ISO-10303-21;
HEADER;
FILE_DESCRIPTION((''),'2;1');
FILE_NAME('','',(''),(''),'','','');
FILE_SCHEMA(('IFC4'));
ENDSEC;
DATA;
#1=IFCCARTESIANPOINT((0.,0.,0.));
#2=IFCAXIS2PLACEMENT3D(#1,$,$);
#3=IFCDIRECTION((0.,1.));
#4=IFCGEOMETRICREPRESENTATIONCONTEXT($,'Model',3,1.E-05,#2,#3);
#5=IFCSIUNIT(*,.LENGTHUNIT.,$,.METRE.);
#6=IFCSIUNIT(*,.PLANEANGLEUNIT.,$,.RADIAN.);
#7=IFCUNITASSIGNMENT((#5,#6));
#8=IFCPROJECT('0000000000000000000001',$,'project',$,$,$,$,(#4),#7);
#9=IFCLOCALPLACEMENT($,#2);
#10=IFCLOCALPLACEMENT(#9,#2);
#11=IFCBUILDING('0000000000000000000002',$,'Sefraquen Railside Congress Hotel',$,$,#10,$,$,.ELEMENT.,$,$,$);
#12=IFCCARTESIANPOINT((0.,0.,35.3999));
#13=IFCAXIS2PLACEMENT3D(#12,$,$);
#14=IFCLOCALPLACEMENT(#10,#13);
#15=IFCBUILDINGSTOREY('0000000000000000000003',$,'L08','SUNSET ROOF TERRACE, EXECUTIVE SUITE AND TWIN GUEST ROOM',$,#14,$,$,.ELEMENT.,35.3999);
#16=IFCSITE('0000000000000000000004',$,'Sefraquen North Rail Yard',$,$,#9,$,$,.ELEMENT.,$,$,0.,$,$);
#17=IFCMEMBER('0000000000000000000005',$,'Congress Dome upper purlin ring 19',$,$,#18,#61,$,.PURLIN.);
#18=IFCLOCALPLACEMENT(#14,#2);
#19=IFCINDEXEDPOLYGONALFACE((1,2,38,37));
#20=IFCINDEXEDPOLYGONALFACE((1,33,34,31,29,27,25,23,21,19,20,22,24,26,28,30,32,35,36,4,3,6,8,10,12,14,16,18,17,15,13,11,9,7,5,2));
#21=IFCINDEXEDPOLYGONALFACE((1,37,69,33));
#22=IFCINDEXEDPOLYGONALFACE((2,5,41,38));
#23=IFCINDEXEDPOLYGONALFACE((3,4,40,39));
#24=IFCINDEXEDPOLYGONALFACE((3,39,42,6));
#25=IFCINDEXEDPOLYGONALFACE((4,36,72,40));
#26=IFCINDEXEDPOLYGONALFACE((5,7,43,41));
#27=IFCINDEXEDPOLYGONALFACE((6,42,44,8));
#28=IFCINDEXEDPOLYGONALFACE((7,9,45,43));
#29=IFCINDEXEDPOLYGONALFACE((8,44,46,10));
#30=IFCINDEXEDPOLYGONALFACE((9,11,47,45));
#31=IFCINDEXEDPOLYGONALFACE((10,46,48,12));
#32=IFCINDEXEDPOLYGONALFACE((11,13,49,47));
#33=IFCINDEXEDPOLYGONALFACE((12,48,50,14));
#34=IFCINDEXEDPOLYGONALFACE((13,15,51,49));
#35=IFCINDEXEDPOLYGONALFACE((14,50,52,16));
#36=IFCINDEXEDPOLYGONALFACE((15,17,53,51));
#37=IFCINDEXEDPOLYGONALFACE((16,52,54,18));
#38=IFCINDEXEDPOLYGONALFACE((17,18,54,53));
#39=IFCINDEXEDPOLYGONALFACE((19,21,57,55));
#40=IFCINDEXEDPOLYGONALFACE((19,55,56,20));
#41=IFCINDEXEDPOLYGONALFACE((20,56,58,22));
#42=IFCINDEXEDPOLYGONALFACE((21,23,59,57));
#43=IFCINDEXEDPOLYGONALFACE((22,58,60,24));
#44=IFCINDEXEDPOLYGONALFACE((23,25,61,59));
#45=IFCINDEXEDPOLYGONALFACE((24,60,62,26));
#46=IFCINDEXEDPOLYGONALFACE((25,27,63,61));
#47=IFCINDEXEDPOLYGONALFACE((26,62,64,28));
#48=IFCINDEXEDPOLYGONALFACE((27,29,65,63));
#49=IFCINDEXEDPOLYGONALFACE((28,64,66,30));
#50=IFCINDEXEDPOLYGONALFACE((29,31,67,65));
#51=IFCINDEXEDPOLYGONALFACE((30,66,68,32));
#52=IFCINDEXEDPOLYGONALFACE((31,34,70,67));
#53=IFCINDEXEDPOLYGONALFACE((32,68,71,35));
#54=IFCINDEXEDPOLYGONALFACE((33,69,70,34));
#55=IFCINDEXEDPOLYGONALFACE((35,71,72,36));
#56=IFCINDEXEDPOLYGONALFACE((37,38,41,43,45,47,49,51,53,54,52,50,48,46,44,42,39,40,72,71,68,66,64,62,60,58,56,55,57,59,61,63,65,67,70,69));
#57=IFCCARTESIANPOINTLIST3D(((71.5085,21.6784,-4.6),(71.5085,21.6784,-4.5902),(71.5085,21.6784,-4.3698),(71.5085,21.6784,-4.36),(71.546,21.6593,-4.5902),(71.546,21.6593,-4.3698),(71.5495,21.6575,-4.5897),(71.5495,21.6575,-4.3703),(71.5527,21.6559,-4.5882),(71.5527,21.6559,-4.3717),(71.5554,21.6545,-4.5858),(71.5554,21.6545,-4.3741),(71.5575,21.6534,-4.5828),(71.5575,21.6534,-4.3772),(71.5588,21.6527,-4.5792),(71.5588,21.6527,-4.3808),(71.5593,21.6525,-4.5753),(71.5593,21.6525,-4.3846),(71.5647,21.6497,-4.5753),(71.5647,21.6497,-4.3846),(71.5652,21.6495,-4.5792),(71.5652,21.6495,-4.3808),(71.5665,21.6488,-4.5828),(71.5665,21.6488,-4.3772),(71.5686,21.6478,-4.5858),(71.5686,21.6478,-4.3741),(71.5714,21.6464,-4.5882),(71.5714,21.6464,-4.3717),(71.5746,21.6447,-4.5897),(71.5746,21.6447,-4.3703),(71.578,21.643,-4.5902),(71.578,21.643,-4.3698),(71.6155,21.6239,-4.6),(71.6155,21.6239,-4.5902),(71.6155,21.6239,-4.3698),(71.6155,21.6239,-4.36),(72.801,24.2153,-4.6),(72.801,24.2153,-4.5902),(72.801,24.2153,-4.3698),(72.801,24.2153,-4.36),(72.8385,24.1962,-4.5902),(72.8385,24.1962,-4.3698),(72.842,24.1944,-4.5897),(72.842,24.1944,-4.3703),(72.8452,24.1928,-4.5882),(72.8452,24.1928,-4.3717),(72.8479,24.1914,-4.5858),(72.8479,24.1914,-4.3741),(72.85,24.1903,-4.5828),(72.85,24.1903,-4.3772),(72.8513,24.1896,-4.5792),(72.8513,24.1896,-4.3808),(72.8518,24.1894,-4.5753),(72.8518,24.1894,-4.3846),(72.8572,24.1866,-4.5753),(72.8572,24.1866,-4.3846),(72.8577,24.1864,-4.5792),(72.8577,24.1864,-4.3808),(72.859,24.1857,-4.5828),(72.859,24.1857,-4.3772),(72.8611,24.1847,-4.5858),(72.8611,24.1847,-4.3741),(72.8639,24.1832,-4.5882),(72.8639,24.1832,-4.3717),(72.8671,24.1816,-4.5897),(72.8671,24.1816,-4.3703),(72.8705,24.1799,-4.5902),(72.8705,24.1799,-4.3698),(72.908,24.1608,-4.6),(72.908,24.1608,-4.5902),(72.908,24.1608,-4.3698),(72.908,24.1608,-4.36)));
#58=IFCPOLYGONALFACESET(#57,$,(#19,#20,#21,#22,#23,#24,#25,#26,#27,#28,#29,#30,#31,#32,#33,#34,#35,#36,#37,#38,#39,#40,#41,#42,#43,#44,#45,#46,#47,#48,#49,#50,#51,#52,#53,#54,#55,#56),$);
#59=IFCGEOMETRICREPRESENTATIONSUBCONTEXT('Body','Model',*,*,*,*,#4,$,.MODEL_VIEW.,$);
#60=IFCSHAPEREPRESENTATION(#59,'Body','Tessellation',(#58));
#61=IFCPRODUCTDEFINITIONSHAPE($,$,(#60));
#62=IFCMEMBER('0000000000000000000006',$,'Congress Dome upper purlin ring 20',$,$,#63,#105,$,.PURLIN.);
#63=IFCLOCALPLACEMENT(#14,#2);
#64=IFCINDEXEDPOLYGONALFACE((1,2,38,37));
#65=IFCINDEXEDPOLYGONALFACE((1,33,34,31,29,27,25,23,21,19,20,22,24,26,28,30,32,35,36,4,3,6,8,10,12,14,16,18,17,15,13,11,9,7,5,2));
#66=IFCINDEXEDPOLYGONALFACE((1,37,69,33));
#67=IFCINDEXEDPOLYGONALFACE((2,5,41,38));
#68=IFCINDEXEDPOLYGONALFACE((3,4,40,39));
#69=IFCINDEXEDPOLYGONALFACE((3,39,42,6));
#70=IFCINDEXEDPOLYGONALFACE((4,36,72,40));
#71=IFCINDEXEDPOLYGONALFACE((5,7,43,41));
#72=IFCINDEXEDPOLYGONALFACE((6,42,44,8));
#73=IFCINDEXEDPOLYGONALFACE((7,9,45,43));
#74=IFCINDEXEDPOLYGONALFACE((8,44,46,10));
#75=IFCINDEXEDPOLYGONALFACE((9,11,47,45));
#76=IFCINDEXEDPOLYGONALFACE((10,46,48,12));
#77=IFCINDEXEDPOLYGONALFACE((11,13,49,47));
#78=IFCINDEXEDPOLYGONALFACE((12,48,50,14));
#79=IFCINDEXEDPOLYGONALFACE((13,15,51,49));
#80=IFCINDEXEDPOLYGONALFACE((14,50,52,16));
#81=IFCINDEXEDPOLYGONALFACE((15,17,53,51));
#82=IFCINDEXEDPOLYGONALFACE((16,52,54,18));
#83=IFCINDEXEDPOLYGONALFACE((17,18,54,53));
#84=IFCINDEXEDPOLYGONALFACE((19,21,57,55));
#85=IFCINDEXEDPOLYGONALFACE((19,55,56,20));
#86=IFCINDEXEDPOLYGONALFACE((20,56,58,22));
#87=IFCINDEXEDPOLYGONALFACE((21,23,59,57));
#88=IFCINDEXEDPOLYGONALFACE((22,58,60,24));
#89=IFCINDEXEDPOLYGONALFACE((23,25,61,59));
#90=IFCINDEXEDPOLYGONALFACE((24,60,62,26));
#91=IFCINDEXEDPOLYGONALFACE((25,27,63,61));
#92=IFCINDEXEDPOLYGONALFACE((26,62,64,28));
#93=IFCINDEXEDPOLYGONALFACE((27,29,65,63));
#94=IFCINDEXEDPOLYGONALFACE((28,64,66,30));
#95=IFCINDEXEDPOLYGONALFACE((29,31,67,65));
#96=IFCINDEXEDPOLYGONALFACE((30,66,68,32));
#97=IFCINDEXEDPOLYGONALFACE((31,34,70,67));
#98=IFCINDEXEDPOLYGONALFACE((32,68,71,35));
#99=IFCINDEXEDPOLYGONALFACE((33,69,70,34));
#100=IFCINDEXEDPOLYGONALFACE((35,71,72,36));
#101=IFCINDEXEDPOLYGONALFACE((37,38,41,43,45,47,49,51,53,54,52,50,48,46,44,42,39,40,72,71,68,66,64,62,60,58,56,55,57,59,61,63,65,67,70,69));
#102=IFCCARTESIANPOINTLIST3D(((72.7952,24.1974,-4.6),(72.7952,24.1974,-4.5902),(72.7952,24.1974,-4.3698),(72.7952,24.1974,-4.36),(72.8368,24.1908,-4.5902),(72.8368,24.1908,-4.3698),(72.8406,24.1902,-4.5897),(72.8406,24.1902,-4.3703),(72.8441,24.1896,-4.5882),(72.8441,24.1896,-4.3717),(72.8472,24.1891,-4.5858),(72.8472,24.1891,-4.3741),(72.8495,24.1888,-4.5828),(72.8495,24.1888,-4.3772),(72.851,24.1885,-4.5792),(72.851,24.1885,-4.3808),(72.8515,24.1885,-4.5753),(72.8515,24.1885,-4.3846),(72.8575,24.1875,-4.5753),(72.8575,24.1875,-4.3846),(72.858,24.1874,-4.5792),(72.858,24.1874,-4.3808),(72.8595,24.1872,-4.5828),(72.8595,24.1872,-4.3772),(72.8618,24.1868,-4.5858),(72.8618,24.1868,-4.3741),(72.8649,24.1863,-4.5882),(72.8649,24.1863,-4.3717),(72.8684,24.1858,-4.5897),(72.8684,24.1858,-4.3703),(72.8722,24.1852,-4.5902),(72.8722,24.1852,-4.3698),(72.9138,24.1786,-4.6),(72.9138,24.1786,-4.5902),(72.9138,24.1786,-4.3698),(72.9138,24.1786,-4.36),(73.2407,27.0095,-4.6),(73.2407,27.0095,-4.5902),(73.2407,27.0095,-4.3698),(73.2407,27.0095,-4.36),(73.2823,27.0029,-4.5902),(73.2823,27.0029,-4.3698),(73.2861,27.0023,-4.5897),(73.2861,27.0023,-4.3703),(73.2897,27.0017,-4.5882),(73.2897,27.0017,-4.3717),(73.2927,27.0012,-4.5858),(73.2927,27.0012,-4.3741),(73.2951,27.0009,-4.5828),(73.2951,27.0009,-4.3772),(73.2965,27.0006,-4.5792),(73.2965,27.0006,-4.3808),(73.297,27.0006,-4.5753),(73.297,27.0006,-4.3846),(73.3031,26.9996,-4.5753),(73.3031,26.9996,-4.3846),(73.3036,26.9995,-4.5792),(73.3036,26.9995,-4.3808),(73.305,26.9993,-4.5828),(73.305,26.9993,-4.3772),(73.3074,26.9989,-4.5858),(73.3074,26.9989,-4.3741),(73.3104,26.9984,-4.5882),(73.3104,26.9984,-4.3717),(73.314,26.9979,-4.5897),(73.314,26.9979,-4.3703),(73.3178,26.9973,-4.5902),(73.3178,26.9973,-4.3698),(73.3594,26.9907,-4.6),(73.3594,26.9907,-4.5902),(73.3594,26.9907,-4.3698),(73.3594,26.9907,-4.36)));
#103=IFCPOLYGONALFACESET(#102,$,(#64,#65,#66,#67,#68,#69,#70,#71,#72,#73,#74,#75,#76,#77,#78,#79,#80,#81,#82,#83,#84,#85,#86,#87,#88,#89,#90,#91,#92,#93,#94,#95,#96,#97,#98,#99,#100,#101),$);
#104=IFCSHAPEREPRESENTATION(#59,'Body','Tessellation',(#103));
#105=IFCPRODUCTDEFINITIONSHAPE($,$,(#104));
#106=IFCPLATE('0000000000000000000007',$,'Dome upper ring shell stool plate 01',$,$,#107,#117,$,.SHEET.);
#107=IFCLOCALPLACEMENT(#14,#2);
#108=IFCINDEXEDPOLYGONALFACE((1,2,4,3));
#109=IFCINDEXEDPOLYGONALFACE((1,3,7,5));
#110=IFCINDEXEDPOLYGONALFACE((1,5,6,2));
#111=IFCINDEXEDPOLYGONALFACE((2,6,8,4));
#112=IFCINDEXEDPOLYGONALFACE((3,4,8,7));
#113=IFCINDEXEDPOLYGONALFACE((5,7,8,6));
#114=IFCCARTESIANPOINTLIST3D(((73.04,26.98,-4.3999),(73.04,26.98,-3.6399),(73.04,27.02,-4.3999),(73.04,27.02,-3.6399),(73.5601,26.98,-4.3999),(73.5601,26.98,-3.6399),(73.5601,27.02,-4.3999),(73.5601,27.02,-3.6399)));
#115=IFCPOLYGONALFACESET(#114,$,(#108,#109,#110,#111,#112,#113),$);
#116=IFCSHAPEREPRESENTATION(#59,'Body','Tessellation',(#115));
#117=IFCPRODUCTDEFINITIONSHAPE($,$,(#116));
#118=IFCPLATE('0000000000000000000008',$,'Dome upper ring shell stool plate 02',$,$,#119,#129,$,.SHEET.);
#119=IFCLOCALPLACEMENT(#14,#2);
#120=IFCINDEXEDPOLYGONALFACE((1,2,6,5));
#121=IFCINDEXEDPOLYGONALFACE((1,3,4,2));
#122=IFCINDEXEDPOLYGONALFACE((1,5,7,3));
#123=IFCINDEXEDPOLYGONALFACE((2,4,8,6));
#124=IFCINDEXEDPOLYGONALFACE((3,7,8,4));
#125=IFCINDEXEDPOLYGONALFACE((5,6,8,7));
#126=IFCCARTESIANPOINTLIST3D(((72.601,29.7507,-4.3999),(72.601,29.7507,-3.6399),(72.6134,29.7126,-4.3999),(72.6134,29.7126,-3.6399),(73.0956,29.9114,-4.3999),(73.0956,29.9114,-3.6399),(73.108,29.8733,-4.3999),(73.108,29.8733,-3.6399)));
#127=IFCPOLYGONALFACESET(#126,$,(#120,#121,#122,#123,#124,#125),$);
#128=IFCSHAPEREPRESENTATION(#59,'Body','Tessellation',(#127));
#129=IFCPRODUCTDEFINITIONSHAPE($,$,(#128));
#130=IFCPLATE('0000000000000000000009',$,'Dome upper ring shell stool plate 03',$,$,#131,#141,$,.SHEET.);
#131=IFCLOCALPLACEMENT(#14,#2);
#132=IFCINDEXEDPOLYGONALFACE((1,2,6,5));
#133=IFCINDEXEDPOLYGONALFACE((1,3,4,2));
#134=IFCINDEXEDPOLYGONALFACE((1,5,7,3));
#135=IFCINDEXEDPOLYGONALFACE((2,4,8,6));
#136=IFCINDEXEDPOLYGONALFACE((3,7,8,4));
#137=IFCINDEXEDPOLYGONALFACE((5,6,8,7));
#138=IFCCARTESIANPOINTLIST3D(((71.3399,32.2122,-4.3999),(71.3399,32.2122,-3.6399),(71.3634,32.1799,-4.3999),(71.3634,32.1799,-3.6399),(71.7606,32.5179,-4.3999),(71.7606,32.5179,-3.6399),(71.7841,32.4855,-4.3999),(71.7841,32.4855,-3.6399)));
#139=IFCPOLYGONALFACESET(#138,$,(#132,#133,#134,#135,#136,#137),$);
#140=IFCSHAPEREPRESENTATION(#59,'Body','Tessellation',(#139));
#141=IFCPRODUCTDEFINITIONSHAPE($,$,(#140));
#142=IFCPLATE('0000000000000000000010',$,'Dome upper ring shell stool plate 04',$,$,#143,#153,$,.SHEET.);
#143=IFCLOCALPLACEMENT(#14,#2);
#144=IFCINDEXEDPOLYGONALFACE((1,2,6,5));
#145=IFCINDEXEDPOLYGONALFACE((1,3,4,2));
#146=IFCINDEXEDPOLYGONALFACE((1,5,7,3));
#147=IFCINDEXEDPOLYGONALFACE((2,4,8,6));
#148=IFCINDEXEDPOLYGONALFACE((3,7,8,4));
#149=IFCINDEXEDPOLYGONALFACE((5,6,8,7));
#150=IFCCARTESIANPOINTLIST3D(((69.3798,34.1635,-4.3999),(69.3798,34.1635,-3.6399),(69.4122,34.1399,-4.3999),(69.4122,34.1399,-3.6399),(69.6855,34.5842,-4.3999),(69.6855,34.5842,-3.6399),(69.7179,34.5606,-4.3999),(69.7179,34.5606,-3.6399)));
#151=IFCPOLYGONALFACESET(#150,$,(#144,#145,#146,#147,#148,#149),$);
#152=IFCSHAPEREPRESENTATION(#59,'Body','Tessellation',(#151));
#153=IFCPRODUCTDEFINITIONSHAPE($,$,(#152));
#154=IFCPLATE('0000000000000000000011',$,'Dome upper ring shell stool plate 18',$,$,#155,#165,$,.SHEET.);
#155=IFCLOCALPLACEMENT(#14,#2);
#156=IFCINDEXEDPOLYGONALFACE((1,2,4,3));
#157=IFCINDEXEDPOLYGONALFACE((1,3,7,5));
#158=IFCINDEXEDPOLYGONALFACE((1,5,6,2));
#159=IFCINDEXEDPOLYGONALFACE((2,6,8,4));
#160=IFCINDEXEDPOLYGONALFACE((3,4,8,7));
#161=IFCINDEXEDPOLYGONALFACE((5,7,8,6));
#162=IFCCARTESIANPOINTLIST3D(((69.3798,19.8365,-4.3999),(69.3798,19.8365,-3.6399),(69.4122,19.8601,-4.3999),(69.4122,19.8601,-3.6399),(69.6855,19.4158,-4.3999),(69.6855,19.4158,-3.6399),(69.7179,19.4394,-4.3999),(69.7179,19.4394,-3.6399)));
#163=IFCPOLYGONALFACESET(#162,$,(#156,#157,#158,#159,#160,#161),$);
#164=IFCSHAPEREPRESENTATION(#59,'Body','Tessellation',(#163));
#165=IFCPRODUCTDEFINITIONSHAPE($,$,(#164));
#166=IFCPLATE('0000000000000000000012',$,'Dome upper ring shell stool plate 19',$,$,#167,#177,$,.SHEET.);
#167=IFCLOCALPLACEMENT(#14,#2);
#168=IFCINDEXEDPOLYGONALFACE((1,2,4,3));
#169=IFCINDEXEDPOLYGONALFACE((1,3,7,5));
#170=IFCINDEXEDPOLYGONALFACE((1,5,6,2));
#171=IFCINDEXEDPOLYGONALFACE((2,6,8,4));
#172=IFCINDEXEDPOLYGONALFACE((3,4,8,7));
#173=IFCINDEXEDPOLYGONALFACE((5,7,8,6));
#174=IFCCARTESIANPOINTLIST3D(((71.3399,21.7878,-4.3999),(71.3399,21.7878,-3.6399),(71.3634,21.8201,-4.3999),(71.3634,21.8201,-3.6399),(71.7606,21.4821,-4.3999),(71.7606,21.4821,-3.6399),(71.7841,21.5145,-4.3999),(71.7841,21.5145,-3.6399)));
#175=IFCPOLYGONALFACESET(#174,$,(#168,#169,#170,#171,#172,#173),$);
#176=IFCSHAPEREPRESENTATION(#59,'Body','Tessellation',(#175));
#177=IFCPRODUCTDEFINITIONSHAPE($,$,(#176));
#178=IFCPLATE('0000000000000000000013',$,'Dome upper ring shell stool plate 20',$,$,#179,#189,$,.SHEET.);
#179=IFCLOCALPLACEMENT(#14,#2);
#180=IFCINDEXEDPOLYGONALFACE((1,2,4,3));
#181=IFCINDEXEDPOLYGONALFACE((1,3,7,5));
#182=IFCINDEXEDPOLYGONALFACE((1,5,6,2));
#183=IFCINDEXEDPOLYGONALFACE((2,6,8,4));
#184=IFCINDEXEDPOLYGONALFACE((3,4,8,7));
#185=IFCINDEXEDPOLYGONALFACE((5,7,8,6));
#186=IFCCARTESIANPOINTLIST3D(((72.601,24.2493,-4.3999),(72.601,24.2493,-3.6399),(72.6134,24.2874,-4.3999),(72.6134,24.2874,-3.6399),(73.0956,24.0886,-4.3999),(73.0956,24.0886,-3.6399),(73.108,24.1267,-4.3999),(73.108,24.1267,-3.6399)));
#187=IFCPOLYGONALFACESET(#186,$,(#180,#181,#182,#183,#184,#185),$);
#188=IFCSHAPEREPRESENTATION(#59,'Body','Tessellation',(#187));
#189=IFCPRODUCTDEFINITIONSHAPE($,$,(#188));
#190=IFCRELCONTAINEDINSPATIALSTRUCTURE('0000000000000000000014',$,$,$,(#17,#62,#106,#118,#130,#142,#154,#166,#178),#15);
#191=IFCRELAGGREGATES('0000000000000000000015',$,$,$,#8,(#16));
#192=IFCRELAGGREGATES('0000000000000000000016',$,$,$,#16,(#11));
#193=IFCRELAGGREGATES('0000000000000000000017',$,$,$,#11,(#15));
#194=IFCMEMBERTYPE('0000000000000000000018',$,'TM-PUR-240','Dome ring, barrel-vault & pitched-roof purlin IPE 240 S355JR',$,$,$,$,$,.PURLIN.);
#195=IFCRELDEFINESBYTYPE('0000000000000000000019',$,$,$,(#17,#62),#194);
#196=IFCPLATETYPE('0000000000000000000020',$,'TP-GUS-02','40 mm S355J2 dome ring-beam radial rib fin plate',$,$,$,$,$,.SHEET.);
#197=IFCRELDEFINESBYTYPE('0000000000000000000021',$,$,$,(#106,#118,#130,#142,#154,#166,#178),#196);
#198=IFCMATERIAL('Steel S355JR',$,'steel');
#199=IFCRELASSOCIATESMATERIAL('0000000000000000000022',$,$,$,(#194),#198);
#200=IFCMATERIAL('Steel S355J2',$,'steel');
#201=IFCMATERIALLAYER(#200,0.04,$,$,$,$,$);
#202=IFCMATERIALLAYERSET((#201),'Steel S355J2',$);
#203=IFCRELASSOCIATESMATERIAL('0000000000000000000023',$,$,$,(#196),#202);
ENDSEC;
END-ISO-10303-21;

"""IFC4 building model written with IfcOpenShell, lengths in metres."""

from ifc_helpers import new_model, si_unit, direction, frame, origin, origin_2d, place, context, subcontext, project, spatial, rectangle, i_section, extrude, material, layer, layer_set, material_profile, profile_set, type_object, element, save


model = new_model("IFC4")

# Units and contexts
model_context = context("Model", 3, precision=1e-05, world=origin(), true_north=direction((0.0, 1.0)))
body_context = subcontext(model_context, "Body", "Model", "MODEL_VIEW")
ifc_project = project(units=[si_unit("LENGTHUNIT", "METRE"), si_unit("PLANEANGLEUNIT", "RADIAN")], contexts=[model_context])

# Site, building, storey
site_placement = place(None, origin())
site = spatial("IfcSite", under=ifc_project, at=site_placement, Name="Sefraquen North Rail Yard", CompositionType="ELEMENT", RefElevation=0.0)
building_placement = place(site_placement, origin())
building = spatial("IfcBuilding", under=site, at=building_placement, Name="Sefraquen Railside Congress Hotel", CompositionType="ELEMENT")
storey_placement = place(building_placement, frame((0.0, 0.0, 35.3999)))
storey = spatial("IfcBuildingStorey", under=building, at=storey_placement, Name="L08", Description="SUNSET ROOF TERRACE, EXECUTIVE SUITE AND TWIN GUEST ROOM", CompositionType="ELEMENT", Elevation=35.3999)

# Shared definitions
ifc_material_1 = material(Name="Steel S355JR", Category="steel")

# Members
ifc_material_profile_1 = material_profile(ifc_material_1, i_section(OverallWidth=0.1201, OverallDepth=0.24, WebThickness=0.0061, FlangeThickness=0.0098, FilletRadius=0.0149, at=origin_2d()), Name="IPE 240")
ifc_profile_set_1 = profile_set([ifc_material_profile_1], Name="Steel S355JR")
member_type = type_object("IfcMemberType", Name="TM-PUR-240", Description="Dome ring, barrel-vault & pitched-roof purlin IPE 240 S355JR", PredefinedType="PURLIN", material=ifc_profile_set_1)
for number, where, z_axis, x_axis, name in (
    (1, (71.562, 21.6511, -4.48), (0.453958, 0.891023, 0.0), (-0.891023, 0.453958, 0.0), "Congress Dome upper purlin ring 19"),
    (2, (72.8545, 24.188, -4.48), (0.156495, 0.987679, 0.0), (-0.987679, 0.156495, 0.0), "Congress Dome upper purlin ring 20"),
):
    element("IfcMember", number, at=place(storey_placement, frame(where, z_axis=z_axis, x_axis=x_axis)), inside=storey, type_object=member_type, Name=name, PredefinedType="PURLIN", context=body_context, shape_type="SweptSolid", body=[
        extrude(i_section(OverallWidth=0.1201, OverallDepth=0.24, WebThickness=0.0061, FlangeThickness=0.0098, FilletRadius=0.0149, at=origin_2d()), origin(), (0.0, 0.0, 1.0), 2.8472),
    ])

# Plates
ifc_material_2 = material(Name="Steel S355J2", Category="steel")
ifc_layer = layer(ifc_material_2, 0.04)
ifc_layer_set = layer_set([ifc_layer], Name="Steel S355J2")
plate_type = type_object("IfcPlateType", Name="TP-GUS-02", Description="40 mm S355J2 dome ring-beam radial rib fin plate", PredefinedType="SHEET", material=ifc_layer_set)
for number, where, z_axis, x_axis, name in (
    (3, (73.3, 27.0, -4.3999), (0.0, 0.0, 1.0), (1.0, 0.0, 0.0), "Dome upper ring shell stool plate 01"),
    (4, (72.8545, 29.812, -4.3999), (0.0, 0.0, 1.0), (0.951057, 0.309017, 0.0), "Dome upper ring shell stool plate 02"),
    (5, (71.562, 32.3489, -4.3999), (0.0, 0.0, 1.0), (0.809017, 0.587785, 0.0), "Dome upper ring shell stool plate 03"),
    (6, (69.5488, 34.3621, -4.3999), (0.0, 0.0, 1.0), (0.587785, 0.809017, 0.0), "Dome upper ring shell stool plate 04"),
    (7, (69.5488, 19.6379, -4.3999), (0.0, 0.0, 1.0), (0.587785, -0.809017, 0.0), "Dome upper ring shell stool plate 18"),
    (8, (71.562, 21.6511, -4.3999), (0.0, 0.0, 1.0), (0.809017, -0.587785, 0.0), "Dome upper ring shell stool plate 19"),
    (9, (72.8545, 24.188, -4.3999), (0.0, 0.0, 1.0), (0.951057, -0.309017, 0.0), "Dome upper ring shell stool plate 20"),
):
    element("IfcPlate", number, at=place(storey_placement, frame(where, z_axis=z_axis, x_axis=x_axis)), inside=storey, type_object=plate_type, Name=name, PredefinedType="SHEET", context=body_context, shape_type="SweptSolid", body=[
        extrude(rectangle(XDim=0.52, YDim=0.04, at=origin_2d()), origin(), (0.0, 0.0, 1.0), 0.76),
    ])

save(model, "model.ifc")
